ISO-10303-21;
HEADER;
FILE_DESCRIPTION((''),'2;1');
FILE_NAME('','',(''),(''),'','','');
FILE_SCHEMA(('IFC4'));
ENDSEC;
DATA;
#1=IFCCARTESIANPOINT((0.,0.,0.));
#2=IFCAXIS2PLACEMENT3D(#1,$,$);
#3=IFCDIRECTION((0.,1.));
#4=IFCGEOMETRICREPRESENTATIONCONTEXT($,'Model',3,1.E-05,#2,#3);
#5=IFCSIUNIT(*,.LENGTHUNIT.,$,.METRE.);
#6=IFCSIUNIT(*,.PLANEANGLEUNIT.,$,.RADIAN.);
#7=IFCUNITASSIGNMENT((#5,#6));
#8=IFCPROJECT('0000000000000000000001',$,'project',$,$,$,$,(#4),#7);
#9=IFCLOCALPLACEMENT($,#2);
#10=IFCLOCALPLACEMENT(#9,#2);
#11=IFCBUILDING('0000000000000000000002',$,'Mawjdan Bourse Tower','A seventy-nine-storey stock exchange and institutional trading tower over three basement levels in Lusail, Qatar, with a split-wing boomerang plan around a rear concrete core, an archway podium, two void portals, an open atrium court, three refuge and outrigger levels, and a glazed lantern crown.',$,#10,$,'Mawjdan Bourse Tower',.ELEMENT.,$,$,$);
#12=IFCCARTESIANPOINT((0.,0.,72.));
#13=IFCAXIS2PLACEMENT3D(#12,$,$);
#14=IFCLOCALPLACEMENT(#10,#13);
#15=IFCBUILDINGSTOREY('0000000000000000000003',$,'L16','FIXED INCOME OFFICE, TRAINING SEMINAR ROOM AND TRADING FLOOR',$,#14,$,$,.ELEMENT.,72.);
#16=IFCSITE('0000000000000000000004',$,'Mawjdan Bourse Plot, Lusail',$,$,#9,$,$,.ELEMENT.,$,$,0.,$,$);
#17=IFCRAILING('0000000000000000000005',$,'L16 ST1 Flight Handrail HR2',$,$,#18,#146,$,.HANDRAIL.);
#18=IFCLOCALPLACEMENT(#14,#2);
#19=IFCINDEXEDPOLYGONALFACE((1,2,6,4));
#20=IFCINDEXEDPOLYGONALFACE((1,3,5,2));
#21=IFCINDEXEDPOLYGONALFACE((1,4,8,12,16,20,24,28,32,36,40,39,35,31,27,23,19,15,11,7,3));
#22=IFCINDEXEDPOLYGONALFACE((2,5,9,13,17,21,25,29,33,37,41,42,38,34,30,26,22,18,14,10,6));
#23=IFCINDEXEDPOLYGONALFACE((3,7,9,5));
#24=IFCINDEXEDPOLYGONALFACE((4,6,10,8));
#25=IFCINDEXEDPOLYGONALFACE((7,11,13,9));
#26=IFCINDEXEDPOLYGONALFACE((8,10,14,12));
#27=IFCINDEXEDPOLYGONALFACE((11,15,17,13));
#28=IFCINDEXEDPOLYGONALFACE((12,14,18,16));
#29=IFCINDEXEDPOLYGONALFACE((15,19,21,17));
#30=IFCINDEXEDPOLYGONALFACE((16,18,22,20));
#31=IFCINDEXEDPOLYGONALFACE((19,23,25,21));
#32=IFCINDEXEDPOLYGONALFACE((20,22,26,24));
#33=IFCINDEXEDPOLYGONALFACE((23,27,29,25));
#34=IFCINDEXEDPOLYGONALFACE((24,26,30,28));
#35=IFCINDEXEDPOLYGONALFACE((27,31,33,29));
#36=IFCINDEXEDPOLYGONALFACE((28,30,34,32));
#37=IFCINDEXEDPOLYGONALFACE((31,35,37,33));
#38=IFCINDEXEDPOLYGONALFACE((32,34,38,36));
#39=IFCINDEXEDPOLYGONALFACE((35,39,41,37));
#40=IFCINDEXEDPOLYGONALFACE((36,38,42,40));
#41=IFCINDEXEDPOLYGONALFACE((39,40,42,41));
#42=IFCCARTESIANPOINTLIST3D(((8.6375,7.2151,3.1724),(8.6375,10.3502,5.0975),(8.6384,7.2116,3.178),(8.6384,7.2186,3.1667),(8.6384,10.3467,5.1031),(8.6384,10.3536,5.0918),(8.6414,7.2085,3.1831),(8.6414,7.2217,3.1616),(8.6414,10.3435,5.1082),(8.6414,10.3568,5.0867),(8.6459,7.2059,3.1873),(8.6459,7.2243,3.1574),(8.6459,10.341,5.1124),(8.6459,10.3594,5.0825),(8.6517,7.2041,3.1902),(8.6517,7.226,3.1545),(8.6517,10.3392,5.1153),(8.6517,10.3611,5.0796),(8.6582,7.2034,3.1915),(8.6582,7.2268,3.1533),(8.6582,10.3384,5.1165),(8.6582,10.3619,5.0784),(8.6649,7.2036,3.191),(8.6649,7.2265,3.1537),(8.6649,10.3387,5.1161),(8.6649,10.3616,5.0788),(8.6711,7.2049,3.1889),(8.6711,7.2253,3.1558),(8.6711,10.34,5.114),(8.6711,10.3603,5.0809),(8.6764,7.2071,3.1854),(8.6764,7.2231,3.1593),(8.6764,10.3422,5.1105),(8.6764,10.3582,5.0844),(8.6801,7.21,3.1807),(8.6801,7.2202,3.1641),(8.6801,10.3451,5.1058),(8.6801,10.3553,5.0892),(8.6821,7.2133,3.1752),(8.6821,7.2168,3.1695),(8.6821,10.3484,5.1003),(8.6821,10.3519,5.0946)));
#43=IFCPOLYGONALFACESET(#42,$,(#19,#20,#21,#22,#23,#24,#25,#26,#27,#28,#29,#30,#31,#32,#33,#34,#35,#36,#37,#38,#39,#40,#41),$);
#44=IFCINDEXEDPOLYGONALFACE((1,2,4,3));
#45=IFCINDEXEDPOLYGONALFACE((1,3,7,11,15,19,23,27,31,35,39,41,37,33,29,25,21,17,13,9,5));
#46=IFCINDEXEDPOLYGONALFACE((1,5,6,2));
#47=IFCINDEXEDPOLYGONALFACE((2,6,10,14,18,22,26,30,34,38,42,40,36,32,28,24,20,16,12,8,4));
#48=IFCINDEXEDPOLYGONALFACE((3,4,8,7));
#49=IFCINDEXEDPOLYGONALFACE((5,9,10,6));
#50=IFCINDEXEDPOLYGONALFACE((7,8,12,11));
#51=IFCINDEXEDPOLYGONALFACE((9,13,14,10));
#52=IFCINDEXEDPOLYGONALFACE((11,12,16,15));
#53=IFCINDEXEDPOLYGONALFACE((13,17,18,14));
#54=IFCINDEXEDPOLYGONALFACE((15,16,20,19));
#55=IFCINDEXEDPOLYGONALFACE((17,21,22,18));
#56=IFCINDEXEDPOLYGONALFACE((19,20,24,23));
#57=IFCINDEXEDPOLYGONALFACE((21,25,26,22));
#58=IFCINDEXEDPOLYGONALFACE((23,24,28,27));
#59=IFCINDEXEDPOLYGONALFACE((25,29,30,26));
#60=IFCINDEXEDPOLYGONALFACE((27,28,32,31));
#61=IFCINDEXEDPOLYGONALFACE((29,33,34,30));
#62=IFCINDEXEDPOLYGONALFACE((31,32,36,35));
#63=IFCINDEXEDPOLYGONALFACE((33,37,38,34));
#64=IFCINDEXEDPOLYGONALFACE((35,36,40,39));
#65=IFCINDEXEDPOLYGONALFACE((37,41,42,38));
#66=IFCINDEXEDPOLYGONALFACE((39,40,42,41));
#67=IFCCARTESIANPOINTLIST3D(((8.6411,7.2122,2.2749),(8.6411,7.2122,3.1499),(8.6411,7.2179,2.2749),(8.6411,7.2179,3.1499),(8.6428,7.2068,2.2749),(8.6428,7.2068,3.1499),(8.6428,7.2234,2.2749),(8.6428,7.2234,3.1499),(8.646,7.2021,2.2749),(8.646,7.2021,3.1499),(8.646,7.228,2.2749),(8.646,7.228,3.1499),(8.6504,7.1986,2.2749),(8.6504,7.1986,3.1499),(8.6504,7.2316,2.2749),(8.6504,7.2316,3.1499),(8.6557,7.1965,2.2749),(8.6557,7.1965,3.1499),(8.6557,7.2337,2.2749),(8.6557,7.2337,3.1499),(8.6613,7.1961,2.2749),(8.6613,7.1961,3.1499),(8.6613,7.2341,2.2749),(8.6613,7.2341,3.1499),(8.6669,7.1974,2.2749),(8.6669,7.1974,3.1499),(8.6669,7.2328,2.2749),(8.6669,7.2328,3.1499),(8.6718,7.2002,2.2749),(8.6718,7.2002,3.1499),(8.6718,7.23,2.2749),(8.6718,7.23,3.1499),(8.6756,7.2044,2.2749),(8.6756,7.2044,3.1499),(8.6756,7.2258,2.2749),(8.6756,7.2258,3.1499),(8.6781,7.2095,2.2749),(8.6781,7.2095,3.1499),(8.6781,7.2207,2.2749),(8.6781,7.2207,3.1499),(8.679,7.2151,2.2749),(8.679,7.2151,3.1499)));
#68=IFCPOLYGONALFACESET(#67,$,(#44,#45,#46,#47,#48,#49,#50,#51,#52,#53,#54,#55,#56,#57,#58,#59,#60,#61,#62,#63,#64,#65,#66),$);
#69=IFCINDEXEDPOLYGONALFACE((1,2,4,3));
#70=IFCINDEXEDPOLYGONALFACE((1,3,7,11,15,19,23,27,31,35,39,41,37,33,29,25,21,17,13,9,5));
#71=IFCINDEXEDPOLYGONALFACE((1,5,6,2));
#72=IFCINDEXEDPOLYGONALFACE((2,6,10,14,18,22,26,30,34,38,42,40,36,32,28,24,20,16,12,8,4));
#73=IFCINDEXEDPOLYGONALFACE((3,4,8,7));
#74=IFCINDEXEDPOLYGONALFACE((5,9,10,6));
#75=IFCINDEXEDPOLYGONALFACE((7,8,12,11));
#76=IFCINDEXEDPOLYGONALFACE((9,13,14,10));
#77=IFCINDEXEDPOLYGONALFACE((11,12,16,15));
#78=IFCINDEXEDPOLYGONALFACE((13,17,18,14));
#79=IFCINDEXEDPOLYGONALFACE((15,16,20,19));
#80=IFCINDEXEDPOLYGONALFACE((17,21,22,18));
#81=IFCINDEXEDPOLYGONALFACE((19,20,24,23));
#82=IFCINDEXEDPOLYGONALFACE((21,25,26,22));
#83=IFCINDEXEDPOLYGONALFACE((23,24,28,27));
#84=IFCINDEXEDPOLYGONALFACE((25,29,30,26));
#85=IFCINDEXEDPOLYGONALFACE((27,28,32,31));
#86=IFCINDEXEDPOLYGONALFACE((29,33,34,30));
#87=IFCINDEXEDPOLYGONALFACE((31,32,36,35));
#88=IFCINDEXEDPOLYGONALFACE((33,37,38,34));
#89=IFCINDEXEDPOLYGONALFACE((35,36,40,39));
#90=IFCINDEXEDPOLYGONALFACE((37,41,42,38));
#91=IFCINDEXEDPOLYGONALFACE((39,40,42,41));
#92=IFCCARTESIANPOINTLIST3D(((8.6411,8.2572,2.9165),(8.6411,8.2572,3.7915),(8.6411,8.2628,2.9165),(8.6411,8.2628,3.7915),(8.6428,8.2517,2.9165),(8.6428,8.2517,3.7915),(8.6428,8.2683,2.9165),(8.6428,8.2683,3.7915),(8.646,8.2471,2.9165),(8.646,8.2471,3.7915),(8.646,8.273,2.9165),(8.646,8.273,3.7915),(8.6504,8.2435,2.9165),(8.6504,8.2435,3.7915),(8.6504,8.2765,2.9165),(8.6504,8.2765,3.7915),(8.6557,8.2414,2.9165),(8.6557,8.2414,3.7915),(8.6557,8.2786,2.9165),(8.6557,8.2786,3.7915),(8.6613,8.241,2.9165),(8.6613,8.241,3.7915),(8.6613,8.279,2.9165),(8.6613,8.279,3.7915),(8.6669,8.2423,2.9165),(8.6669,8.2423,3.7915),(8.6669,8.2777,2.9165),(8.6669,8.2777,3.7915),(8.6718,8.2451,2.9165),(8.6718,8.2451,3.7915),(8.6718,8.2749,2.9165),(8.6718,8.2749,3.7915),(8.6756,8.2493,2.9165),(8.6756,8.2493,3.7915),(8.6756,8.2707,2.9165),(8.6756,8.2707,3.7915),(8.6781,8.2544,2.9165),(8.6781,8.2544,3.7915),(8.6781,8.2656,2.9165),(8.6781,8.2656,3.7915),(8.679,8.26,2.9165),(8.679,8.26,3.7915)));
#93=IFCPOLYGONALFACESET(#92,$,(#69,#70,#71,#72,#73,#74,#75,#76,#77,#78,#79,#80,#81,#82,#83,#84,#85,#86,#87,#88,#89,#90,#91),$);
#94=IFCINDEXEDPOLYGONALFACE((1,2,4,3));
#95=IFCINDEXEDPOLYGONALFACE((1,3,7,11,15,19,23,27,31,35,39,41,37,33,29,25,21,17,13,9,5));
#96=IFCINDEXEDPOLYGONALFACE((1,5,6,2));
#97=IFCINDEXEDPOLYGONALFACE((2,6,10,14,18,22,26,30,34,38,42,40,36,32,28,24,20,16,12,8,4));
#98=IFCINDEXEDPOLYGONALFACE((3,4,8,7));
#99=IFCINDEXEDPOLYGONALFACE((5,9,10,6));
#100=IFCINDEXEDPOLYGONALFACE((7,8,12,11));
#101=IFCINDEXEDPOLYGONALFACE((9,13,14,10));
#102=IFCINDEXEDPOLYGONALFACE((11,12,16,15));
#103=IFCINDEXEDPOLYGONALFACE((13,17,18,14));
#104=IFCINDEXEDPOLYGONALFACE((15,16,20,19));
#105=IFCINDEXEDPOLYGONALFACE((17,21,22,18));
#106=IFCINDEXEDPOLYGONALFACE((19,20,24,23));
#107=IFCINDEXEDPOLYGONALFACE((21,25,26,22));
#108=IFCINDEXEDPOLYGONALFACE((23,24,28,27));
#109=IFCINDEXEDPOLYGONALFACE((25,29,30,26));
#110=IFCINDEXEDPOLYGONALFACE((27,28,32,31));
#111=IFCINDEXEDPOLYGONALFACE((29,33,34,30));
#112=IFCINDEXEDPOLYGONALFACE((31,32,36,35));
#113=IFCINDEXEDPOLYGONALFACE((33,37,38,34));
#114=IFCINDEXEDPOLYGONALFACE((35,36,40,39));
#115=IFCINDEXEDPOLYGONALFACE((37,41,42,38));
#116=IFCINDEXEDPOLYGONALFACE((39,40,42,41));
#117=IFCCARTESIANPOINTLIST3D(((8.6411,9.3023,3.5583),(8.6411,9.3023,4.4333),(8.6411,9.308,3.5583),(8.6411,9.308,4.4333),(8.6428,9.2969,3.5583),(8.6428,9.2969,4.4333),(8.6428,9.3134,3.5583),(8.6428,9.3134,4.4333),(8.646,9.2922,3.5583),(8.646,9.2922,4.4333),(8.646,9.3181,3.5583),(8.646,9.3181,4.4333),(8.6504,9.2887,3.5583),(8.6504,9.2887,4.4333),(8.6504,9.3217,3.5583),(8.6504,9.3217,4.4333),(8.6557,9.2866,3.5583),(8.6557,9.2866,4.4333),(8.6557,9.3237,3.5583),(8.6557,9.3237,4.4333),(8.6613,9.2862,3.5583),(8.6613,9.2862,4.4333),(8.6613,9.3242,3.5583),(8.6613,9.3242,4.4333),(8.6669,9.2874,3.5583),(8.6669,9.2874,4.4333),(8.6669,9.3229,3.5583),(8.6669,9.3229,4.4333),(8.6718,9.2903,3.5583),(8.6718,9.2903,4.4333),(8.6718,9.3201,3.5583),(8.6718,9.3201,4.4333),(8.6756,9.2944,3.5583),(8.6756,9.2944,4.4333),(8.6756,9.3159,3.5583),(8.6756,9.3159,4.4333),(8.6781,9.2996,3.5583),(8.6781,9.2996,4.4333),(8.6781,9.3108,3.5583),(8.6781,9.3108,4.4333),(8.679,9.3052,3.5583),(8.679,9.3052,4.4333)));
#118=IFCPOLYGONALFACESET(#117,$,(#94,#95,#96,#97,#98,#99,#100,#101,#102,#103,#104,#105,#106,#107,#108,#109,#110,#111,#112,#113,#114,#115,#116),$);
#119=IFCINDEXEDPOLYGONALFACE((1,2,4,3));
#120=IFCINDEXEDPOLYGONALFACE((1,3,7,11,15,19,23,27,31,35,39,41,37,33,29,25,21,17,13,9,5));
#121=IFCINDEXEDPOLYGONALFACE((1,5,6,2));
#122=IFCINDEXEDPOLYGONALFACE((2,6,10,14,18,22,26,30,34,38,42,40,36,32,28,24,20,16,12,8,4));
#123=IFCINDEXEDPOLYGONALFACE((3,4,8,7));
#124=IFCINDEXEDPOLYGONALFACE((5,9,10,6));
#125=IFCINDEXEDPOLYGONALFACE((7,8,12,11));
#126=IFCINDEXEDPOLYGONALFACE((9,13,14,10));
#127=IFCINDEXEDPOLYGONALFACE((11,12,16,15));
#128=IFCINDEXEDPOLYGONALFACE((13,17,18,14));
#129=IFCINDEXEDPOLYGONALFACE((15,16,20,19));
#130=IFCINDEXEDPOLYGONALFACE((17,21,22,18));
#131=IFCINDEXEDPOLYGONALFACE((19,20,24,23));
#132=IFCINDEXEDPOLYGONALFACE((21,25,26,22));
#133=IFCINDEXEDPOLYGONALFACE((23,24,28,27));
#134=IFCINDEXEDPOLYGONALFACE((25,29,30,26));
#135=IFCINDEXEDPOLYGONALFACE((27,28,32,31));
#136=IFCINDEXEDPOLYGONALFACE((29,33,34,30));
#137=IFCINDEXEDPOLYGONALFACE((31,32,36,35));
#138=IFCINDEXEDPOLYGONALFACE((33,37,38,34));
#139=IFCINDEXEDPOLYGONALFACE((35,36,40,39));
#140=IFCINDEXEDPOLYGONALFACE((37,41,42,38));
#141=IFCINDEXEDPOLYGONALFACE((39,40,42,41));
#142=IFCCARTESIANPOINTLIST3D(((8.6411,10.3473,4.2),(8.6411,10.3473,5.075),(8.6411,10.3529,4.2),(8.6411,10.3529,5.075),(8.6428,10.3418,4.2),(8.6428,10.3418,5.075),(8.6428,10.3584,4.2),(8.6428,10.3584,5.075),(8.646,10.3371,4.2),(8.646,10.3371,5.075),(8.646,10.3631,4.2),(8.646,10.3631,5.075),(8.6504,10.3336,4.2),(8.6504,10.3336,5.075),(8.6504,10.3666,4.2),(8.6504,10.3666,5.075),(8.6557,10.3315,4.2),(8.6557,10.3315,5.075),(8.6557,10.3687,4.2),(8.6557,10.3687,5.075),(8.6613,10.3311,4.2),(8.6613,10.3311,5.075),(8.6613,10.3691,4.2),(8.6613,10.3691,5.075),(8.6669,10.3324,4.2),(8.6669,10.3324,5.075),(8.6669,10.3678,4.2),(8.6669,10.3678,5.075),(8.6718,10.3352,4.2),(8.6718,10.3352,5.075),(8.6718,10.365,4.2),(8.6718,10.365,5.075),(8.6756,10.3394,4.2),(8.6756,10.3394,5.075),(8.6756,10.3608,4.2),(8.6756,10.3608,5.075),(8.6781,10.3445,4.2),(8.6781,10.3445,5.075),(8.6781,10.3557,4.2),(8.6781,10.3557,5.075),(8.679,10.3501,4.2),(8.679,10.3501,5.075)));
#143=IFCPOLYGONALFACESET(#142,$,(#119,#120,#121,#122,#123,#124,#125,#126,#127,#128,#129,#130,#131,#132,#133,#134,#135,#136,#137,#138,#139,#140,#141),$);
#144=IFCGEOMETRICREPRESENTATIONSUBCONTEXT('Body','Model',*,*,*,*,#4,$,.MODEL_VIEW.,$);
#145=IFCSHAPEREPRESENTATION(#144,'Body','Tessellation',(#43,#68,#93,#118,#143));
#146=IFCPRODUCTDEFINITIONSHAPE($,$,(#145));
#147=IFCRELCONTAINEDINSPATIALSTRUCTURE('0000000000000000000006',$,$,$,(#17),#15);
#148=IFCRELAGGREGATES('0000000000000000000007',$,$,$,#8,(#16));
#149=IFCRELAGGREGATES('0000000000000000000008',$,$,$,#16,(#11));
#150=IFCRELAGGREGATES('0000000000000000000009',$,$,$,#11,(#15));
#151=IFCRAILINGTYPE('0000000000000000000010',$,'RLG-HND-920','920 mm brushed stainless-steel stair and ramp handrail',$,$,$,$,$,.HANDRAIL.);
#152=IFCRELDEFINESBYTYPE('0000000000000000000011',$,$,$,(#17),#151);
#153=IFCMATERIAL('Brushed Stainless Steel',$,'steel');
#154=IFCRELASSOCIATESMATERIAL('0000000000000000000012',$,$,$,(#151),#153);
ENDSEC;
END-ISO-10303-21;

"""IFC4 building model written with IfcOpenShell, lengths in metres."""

from ifc_helpers import new_model, si_unit, direction, frame, origin, origin_2d, place, context, subcontext, project, spatial, circle, extrude, material, type_object, element, save


model = new_model("IFC4")

# Units and contexts
model_context = context("Model", 3, precision=1e-05, world=origin(), true_north=direction((0.0, 1.0)))
body_context = subcontext(model_context, "Body", "Model", "MODEL_VIEW")
ifc_project = project(units=[si_unit("LENGTHUNIT", "METRE"), si_unit("PLANEANGLEUNIT", "RADIAN")], contexts=[model_context])

# Site, building, storey
site_placement = place(None, origin())
site = spatial("IfcSite", under=ifc_project, at=site_placement, Name="Mawjdan Bourse Plot, Lusail", CompositionType="ELEMENT", RefElevation=0.0)
building_placement = place(site_placement, origin())
building = spatial("IfcBuilding", under=site, at=building_placement, Name="Mawjdan Bourse Tower", Description="A seventy-nine-storey stock exchange and institutional trading tower over three basement levels in Lusail, Qatar, with a split-wing boomerang plan around a rear concrete core, an archway podium, two void portals, an open atrium court, three refuge and outrigger levels, and a glazed lantern crown.", LongName="Mawjdan Bourse Tower", CompositionType="ELEMENT")
storey_placement = place(building_placement, frame((0.0, 0.0, 72.0)))
storey = spatial("IfcBuildingStorey", under=building, at=storey_placement, Name="L16", Description="FIXED INCOME OFFICE, TRAINING SEMINAR ROOM AND TRADING FLOOR", CompositionType="ELEMENT", Elevation=72.0)

# Railing
ifc_material_1 = material(Name="Brushed Stainless Steel", Category="steel")
railing_type_1 = type_object("IfcRailingType", Name="RLG-HND-920", Description="920 mm brushed stainless-steel stair and ramp handrail", PredefinedType="HANDRAIL", material=ifc_material_1)
railing_1_placement = place(storey_placement, frame((8.6599, 7.2151, 2.2749)))
element("IfcRailing", 1, at=railing_1_placement, inside=storey, type_object=railing_type_1, Name="L16 ST1 Flight Handrail HR2", PredefinedType="HANDRAIL", context=body_context, shape_type="SweptSolid", body=[
    extrude(circle(Radius=0.0225, at=origin_2d()), frame((0.0, 0.0, 0.8975), z_axis=(0.0, 0.852166, 0.523271), x_axis=(-1.0, 0.0, 0.0)), (0.0, 0.0, 1.0), 3.679),
    extrude(circle(Radius=0.019, at=origin_2d()), origin(), (0.0, 0.0, 1.0), 0.875),
    extrude(circle(Radius=0.019, at=origin_2d()), frame((0.0, 1.0449, 0.6416)), (0.0, 0.0, 1.0), 0.875),
    extrude(circle(Radius=0.019, at=origin_2d()), frame((0.0, 2.0901, 1.2834)), (0.0, 0.0, 1.0), 0.875),
    extrude(circle(Radius=0.019, at=origin_2d()), frame((0.0, 3.135, 1.925)), (0.0, 0.0, 1.0), 0.875),
])

save(model, "model.ifc")
